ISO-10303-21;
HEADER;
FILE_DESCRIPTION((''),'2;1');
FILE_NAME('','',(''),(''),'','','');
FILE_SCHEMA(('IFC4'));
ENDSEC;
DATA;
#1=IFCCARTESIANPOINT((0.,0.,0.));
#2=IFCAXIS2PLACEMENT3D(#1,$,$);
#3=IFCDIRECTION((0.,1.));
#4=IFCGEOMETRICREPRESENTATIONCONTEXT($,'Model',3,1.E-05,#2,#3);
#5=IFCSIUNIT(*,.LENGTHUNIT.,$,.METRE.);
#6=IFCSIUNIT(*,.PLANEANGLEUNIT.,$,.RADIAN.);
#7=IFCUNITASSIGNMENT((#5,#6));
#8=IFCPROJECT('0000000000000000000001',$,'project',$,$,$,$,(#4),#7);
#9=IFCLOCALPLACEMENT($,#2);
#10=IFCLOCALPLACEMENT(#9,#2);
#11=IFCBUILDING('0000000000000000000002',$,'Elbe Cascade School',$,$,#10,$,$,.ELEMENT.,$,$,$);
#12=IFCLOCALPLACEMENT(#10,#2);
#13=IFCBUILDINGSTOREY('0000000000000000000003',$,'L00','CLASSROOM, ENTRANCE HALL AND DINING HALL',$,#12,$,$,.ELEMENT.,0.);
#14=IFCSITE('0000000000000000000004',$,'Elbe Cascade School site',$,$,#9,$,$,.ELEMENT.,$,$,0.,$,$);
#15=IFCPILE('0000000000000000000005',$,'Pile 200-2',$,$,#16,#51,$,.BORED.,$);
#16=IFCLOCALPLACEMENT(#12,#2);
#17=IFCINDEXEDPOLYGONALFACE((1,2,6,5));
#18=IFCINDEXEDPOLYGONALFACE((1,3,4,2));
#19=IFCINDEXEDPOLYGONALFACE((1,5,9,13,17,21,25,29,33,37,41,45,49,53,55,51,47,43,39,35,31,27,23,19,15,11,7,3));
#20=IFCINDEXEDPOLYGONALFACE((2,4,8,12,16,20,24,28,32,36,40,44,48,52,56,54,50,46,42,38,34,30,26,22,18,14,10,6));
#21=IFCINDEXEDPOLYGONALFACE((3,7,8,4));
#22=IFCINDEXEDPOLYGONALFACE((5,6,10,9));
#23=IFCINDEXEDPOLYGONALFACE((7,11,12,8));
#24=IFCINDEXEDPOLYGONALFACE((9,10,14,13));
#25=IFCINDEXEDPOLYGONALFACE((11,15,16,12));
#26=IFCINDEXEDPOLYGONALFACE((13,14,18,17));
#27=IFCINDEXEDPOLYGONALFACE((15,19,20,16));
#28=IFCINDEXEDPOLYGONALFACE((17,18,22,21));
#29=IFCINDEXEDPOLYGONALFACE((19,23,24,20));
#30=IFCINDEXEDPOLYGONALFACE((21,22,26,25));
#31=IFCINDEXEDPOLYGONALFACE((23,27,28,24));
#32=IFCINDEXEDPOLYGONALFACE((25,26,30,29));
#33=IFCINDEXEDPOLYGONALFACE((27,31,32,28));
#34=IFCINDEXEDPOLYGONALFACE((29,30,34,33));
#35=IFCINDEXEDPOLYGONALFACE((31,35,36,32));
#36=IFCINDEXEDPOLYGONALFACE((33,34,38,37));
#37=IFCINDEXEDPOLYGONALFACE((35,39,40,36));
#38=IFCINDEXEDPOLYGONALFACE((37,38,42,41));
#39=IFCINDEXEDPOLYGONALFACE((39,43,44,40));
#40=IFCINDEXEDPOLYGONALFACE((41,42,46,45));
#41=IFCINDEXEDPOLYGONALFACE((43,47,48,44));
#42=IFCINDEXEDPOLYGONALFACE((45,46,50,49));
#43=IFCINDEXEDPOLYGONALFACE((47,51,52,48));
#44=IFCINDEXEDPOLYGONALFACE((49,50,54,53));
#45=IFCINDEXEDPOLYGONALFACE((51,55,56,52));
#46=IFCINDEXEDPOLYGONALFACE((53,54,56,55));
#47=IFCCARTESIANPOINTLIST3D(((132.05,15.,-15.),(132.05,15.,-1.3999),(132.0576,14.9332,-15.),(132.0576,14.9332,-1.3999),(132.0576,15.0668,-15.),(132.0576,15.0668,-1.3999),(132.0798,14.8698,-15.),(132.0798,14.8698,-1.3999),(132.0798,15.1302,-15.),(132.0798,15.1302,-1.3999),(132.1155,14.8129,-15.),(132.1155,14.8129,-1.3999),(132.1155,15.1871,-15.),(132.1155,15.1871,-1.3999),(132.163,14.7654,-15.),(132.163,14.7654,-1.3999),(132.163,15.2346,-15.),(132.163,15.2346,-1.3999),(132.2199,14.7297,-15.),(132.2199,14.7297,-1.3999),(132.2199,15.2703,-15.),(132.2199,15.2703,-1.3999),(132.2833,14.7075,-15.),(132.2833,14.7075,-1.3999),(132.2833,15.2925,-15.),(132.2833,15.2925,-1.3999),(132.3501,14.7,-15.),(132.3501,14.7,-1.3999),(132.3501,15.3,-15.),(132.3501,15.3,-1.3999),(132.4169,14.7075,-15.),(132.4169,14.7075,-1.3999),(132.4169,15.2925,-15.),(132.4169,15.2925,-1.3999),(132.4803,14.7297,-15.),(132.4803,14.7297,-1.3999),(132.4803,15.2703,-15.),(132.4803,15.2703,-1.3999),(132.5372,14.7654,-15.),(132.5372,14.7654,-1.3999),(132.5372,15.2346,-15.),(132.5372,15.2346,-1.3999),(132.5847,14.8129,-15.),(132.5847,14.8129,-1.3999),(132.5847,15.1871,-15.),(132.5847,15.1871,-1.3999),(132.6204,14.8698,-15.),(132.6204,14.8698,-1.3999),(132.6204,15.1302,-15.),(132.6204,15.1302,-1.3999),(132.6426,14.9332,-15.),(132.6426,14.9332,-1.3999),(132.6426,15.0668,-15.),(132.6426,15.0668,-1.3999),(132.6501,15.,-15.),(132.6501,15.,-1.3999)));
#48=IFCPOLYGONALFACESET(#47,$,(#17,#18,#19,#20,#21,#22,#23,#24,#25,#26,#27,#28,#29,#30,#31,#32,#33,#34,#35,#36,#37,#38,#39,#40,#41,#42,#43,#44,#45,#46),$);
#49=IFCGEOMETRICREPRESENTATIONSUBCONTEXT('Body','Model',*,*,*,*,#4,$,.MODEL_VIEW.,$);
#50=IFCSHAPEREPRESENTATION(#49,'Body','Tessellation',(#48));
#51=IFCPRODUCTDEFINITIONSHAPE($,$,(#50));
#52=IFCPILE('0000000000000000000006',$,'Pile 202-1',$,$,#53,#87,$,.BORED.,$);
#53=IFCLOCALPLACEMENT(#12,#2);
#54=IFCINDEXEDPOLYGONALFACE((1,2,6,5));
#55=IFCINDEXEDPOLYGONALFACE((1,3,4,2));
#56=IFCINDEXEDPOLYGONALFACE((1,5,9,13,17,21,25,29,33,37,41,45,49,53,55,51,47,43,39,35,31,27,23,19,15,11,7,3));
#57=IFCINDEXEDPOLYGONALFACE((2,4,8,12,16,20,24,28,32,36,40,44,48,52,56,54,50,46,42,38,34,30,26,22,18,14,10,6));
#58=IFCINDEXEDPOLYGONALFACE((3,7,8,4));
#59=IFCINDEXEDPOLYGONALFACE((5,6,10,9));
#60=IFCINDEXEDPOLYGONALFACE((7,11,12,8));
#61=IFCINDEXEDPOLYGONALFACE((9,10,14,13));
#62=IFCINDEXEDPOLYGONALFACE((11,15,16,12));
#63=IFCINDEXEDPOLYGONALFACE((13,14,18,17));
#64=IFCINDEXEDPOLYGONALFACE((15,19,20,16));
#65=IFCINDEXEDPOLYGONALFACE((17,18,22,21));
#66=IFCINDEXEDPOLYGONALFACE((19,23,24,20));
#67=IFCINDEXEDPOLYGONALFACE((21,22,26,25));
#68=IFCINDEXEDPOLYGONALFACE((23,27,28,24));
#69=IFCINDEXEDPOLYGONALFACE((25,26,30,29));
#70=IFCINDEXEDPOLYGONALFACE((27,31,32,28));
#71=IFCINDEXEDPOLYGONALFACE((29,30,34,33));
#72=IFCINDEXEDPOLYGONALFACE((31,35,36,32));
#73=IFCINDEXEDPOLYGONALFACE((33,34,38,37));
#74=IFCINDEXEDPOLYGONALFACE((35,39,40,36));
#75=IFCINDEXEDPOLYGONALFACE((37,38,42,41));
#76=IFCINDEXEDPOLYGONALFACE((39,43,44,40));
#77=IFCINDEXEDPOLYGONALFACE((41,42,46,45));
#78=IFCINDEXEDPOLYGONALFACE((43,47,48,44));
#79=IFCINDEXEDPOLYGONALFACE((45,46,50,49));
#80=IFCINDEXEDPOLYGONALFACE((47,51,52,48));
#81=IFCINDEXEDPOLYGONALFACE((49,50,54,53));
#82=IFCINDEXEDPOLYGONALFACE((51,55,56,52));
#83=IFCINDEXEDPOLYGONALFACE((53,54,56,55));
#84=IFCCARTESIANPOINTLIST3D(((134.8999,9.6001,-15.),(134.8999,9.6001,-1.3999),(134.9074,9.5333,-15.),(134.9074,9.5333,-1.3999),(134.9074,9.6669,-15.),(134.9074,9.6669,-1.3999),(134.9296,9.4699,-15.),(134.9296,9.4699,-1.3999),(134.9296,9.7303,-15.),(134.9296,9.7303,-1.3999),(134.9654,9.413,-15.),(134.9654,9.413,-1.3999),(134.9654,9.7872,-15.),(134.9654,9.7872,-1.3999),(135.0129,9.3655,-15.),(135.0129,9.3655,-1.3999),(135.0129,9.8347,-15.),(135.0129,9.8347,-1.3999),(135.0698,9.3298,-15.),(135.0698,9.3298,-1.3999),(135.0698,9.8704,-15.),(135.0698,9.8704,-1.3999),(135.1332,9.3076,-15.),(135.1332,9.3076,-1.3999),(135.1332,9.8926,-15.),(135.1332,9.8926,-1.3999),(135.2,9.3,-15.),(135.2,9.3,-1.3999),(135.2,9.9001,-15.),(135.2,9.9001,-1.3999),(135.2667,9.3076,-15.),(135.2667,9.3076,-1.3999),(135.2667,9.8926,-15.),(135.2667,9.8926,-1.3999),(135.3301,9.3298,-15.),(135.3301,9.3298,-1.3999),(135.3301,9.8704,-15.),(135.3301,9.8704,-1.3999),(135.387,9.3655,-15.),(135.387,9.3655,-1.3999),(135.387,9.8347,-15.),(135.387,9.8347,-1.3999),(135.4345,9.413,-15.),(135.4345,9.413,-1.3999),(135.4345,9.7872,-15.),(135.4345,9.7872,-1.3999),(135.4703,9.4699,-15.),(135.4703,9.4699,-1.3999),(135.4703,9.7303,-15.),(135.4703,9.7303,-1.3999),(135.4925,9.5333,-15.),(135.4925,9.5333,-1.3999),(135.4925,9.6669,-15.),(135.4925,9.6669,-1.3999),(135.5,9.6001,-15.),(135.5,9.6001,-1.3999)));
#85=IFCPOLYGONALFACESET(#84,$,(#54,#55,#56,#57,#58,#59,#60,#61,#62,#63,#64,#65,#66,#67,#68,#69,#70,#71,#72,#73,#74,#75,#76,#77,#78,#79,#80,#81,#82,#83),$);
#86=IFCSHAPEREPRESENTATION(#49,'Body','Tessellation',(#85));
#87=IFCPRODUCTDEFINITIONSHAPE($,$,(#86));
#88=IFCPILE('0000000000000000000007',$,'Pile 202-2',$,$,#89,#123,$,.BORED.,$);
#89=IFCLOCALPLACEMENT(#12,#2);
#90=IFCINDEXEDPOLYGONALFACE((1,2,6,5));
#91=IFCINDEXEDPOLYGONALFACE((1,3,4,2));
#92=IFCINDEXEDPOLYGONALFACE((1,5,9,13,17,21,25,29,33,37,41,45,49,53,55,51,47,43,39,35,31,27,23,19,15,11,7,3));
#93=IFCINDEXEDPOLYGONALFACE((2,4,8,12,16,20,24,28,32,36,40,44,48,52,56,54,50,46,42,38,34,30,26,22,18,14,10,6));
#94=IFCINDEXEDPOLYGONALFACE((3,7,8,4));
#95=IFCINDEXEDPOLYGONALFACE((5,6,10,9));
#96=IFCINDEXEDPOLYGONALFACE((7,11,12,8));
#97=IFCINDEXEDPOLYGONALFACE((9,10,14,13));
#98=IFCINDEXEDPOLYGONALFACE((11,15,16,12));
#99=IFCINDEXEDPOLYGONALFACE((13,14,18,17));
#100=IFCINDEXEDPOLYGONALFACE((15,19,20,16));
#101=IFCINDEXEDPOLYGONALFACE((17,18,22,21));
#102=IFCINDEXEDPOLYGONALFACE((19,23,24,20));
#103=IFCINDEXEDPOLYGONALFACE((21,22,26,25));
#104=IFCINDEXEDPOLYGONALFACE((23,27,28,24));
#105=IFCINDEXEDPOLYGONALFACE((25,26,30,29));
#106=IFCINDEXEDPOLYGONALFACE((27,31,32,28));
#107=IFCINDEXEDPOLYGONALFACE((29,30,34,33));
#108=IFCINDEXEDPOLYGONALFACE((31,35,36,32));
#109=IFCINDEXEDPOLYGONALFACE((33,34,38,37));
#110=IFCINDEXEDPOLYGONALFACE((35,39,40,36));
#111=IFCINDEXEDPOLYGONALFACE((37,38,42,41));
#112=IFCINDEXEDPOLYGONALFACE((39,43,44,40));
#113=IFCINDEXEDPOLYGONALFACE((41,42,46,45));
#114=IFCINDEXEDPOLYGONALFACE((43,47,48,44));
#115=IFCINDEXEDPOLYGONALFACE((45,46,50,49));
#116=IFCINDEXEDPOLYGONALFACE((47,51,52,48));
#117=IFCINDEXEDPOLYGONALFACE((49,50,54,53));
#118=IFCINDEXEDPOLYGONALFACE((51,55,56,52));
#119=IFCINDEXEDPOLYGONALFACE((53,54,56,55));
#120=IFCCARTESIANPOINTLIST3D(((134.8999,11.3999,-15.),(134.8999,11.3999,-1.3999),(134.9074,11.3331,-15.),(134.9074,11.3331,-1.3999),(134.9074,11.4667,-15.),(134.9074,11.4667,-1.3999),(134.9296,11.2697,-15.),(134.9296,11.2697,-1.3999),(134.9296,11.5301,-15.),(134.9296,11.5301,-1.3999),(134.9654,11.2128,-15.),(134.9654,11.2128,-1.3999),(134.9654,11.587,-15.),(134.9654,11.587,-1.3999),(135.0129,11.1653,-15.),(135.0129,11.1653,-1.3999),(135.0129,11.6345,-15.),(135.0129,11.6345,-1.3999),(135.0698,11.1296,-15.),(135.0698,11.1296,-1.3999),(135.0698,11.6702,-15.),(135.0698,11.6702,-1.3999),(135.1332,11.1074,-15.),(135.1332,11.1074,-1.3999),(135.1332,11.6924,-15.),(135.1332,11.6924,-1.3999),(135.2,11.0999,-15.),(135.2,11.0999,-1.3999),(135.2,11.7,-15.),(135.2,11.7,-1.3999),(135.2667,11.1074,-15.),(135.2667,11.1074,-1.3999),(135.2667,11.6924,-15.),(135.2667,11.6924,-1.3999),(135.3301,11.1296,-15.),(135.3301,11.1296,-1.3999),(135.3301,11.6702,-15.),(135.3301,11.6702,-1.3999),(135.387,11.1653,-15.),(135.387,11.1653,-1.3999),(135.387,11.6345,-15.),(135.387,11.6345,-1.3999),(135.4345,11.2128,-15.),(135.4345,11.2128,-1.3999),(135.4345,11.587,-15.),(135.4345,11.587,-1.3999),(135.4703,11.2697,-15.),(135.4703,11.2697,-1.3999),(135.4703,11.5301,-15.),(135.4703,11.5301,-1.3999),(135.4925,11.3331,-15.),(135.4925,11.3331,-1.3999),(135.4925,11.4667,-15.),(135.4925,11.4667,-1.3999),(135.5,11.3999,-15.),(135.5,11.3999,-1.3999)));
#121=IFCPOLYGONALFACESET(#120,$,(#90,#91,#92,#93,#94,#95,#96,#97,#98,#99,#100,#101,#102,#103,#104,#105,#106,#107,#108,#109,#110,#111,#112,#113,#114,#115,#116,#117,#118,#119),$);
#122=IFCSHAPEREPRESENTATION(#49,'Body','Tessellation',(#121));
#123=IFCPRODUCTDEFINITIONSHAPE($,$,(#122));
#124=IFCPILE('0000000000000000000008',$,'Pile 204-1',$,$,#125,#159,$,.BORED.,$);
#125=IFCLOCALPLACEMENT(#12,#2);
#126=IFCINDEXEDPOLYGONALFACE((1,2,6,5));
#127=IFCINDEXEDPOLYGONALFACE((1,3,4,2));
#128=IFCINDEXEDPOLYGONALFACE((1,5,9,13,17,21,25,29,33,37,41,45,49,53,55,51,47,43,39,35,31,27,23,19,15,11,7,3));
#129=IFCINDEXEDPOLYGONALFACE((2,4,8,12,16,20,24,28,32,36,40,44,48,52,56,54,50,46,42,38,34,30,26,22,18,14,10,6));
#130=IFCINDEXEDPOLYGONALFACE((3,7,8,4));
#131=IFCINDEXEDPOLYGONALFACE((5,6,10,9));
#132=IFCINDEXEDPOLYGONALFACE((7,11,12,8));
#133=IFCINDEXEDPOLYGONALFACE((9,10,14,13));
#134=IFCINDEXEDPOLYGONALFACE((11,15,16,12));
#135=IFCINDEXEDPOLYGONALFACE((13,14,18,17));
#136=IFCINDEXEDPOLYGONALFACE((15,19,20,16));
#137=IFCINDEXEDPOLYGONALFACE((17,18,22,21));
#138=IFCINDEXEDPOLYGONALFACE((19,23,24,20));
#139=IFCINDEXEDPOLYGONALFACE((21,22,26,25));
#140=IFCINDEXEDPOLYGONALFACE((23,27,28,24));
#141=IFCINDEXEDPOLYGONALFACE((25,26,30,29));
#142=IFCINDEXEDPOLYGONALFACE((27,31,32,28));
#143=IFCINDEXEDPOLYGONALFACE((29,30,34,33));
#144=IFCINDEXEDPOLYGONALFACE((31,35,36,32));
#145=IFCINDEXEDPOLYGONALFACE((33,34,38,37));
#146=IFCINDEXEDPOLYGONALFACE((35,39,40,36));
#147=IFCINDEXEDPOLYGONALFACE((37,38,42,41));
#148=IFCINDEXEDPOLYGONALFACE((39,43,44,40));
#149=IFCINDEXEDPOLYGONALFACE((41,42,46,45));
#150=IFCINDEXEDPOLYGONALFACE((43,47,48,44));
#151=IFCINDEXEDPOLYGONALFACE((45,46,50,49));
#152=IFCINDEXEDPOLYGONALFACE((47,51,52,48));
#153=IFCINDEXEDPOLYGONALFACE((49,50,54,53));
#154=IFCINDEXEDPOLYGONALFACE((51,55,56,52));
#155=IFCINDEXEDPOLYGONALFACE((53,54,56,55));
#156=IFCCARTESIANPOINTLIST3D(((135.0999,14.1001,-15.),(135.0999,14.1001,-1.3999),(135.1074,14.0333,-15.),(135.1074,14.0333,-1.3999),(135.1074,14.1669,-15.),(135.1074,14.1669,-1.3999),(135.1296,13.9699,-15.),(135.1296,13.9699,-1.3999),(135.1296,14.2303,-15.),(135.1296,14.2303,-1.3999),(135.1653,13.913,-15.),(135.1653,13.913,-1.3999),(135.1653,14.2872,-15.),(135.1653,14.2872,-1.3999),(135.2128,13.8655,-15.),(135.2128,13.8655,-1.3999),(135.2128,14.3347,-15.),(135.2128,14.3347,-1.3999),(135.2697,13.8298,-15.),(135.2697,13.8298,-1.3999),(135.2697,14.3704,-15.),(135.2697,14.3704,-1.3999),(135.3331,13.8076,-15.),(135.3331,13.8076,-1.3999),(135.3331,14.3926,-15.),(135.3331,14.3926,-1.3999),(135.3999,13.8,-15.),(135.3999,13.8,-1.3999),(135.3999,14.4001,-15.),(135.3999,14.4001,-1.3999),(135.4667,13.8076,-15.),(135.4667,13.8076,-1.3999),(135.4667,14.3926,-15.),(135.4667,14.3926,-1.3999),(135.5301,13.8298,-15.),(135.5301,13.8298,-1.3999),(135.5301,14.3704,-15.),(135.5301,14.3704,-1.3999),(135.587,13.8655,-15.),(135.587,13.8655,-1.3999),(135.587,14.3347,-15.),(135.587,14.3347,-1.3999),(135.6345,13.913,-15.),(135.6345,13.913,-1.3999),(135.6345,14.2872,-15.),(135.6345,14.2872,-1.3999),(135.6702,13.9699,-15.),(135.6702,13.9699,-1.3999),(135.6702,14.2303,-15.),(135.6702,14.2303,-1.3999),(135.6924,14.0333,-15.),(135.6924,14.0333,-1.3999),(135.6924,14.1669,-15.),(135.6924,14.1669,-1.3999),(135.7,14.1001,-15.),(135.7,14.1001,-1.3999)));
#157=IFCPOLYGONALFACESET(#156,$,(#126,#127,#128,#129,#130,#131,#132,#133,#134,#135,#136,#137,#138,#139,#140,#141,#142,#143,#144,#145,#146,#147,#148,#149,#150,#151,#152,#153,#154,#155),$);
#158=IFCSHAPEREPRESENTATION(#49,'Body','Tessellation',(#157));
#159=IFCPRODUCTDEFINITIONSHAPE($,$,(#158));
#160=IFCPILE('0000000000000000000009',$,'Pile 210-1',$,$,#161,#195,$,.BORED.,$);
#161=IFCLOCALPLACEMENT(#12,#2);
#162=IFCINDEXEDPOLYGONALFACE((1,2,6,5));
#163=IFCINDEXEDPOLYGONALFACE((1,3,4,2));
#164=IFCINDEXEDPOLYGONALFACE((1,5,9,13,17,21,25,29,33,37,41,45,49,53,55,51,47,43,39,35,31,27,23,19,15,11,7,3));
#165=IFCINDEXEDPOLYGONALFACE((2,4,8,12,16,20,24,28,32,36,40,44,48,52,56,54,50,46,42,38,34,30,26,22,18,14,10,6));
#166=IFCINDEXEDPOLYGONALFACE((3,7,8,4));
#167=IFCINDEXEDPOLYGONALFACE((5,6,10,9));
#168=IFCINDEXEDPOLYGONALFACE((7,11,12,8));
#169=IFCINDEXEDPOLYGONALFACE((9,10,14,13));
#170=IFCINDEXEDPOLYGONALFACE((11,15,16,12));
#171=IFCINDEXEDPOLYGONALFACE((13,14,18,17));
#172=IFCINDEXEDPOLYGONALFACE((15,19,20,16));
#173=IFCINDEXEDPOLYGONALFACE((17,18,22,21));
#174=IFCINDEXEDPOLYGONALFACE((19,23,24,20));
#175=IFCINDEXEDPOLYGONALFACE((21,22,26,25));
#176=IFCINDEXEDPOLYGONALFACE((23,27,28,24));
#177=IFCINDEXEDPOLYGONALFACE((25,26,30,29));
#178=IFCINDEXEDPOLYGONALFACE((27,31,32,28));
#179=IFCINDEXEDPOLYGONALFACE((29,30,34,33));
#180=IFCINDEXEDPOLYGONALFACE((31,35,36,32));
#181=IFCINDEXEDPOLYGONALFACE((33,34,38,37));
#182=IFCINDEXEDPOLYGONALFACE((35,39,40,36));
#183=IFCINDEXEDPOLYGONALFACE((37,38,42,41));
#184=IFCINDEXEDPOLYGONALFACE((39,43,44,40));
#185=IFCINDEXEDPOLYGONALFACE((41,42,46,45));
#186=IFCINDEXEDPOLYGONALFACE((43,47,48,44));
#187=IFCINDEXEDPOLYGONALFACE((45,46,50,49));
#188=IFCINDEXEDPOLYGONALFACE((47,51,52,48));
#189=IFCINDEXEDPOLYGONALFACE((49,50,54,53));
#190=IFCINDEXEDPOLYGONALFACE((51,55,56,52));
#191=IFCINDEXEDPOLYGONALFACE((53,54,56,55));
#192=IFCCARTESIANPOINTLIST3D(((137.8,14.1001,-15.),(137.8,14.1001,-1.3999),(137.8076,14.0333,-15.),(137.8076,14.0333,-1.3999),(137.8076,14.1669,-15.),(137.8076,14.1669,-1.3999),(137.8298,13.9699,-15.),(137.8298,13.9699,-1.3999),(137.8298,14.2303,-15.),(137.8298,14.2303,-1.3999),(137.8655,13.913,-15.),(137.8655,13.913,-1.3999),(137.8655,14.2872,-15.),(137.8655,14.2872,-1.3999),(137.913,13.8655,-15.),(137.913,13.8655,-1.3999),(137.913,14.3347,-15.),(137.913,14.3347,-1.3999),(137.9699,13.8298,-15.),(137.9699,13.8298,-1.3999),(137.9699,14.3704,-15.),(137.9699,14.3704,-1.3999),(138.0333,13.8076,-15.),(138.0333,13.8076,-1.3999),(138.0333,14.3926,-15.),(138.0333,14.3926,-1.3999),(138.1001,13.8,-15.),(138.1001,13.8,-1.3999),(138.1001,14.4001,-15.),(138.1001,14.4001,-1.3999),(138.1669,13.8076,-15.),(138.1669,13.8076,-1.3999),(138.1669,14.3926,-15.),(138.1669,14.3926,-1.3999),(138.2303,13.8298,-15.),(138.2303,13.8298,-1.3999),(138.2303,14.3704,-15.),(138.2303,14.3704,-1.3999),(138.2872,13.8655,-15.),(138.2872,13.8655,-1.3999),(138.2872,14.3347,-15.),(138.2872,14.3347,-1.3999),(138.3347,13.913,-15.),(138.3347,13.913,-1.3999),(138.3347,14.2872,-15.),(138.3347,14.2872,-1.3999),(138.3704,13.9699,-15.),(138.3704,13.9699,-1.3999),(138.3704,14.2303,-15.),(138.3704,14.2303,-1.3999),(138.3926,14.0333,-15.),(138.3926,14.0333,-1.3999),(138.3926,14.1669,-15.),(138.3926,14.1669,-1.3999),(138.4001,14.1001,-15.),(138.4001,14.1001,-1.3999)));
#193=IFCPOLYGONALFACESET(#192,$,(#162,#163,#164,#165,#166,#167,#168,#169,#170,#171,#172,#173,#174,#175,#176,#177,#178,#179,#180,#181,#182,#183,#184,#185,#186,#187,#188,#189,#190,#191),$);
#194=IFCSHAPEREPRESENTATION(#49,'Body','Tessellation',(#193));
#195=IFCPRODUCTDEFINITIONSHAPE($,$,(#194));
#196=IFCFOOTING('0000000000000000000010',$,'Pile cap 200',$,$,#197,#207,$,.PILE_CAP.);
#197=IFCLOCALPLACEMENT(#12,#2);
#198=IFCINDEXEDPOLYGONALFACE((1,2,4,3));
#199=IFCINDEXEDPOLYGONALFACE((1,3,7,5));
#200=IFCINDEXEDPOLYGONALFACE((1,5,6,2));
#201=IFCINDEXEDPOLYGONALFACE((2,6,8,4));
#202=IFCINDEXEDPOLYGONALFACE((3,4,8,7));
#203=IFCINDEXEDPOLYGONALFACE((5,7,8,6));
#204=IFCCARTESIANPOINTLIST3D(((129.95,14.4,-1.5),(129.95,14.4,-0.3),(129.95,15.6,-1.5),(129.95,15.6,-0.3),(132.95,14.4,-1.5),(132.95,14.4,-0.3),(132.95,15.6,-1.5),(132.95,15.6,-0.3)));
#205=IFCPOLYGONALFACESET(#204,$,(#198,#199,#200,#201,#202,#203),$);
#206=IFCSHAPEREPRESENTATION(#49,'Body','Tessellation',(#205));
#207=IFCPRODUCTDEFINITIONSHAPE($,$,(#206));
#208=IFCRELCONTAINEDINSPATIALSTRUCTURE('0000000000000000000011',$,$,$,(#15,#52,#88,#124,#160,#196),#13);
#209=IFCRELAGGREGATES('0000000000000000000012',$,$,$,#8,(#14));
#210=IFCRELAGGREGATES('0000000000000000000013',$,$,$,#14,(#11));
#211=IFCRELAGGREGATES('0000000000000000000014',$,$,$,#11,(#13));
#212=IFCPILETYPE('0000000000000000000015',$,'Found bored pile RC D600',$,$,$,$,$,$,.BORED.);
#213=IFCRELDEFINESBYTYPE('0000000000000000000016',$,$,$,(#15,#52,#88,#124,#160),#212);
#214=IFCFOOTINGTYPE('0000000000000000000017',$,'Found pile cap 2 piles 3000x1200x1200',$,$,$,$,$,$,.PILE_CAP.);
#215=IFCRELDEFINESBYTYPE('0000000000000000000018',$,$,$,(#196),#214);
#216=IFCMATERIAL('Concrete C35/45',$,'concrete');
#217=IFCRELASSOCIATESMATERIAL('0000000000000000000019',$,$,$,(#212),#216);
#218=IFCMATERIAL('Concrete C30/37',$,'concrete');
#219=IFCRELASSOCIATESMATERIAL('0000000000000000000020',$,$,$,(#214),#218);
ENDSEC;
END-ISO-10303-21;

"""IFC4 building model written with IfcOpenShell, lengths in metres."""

from ifc_helpers import new_model, si_unit, direction, frame, origin, origin_2d, place, context, subcontext, project, spatial, rectangle, circle, extrude, material, material_profile, profile_set, type_object, element, save


model = new_model("IFC4")

# Units and contexts
model_context = context("Model", 3, precision=1e-05, world=origin(), true_north=direction((0.0, 1.0)))
body_context = subcontext(model_context, "Body", "Model", "MODEL_VIEW")
ifc_project = project(units=[si_unit("LENGTHUNIT", "METRE"), si_unit("PLANEANGLEUNIT", "RADIAN")], contexts=[model_context])

# Site, building, storey
site_placement = place(None, origin())
site = spatial("IfcSite", under=ifc_project, at=site_placement, Name="Elbe Cascade School site", CompositionType="ELEMENT", RefElevation=0.0)
building_placement = place(site_placement, origin())
building = spatial("IfcBuilding", under=site, at=building_placement, Name="Elbe Cascade School", CompositionType="ELEMENT")
storey_placement = place(building_placement, origin())
storey = spatial("IfcBuildingStorey", under=building, at=storey_placement, Name="L00", Description="CLASSROOM, ENTRANCE HALL AND DINING HALL", CompositionType="ELEMENT", Elevation=0.0)

# Piles
ifc_material_1 = material(Name="Concrete C35/45", Category="concrete")
ifc_material_profile_1 = material_profile(ifc_material_1, circle(Radius=0.3, at=origin_2d()), Name="RC D600")
ifc_profile_set_1 = profile_set([ifc_material_profile_1], Name="Concrete C35/45")
pile_type = type_object("IfcPileType", Name="Found bored pile RC D600", PredefinedType="BORED", material=ifc_profile_set_1)
for number, where, z_axis, x_axis, name in (
    (1, (132.3501, 15.0, -1.3999), (0.0, 0.0, -1.0), (1.0, 0.0, 0.0), "Pile 200-2"),
    (2, (135.2, 9.6001, -1.3999), (0.0, 0.0, -1.0), (1.0, 0.0, 0.0), "Pile 202-1"),
    (3, (135.2, 11.3999, -1.3999), (0.0, 0.0, -1.0), (1.0, 0.0, 0.0), "Pile 202-2"),
    (4, (135.3999, 14.1001, -1.3999), (0.0, 0.0, -1.0), (1.0, 0.0, 0.0), "Pile 204-1"),
    (5, (138.1001, 14.1001, -1.3999), (0.0, 0.0, -1.0), (1.0, 0.0, 0.0), "Pile 210-1"),
):
    element("IfcPile", number, at=place(storey_placement, frame(where, z_axis=z_axis, x_axis=x_axis)), inside=storey, type_object=pile_type, Name=name, PredefinedType="BORED", context=body_context, shape_type="SweptSolid", body=[
        extrude(circle(Radius=0.3, at=origin_2d()), origin(), (0.0, 0.0, 1.0), 13.6001),
    ])

# Footing
ifc_material_2 = material(Name="Concrete C30/37", Category="concrete")
footing_type = type_object("IfcFootingType", Name="Found pile cap 2 piles 3000x1200x1200", PredefinedType="PILE_CAP", material=ifc_material_2)
footing_placement = place(storey_placement, frame((131.45, 15.0, -1.5), z_axis=(0.0, 0.0, 1.0), x_axis=(1.0, 0.0, 0.0)))
element("IfcFooting", 6, at=footing_placement, inside=storey, type_object=footing_type, Name="Pile cap 200", PredefinedType="PILE_CAP", context=body_context, shape_type="SweptSolid", body=[
    extrude(rectangle(XDim=3.0, YDim=1.2, at=origin_2d()), origin(), (0.0, 0.0, 1.0), 1.2),
])

save(model, "model.ifc")
